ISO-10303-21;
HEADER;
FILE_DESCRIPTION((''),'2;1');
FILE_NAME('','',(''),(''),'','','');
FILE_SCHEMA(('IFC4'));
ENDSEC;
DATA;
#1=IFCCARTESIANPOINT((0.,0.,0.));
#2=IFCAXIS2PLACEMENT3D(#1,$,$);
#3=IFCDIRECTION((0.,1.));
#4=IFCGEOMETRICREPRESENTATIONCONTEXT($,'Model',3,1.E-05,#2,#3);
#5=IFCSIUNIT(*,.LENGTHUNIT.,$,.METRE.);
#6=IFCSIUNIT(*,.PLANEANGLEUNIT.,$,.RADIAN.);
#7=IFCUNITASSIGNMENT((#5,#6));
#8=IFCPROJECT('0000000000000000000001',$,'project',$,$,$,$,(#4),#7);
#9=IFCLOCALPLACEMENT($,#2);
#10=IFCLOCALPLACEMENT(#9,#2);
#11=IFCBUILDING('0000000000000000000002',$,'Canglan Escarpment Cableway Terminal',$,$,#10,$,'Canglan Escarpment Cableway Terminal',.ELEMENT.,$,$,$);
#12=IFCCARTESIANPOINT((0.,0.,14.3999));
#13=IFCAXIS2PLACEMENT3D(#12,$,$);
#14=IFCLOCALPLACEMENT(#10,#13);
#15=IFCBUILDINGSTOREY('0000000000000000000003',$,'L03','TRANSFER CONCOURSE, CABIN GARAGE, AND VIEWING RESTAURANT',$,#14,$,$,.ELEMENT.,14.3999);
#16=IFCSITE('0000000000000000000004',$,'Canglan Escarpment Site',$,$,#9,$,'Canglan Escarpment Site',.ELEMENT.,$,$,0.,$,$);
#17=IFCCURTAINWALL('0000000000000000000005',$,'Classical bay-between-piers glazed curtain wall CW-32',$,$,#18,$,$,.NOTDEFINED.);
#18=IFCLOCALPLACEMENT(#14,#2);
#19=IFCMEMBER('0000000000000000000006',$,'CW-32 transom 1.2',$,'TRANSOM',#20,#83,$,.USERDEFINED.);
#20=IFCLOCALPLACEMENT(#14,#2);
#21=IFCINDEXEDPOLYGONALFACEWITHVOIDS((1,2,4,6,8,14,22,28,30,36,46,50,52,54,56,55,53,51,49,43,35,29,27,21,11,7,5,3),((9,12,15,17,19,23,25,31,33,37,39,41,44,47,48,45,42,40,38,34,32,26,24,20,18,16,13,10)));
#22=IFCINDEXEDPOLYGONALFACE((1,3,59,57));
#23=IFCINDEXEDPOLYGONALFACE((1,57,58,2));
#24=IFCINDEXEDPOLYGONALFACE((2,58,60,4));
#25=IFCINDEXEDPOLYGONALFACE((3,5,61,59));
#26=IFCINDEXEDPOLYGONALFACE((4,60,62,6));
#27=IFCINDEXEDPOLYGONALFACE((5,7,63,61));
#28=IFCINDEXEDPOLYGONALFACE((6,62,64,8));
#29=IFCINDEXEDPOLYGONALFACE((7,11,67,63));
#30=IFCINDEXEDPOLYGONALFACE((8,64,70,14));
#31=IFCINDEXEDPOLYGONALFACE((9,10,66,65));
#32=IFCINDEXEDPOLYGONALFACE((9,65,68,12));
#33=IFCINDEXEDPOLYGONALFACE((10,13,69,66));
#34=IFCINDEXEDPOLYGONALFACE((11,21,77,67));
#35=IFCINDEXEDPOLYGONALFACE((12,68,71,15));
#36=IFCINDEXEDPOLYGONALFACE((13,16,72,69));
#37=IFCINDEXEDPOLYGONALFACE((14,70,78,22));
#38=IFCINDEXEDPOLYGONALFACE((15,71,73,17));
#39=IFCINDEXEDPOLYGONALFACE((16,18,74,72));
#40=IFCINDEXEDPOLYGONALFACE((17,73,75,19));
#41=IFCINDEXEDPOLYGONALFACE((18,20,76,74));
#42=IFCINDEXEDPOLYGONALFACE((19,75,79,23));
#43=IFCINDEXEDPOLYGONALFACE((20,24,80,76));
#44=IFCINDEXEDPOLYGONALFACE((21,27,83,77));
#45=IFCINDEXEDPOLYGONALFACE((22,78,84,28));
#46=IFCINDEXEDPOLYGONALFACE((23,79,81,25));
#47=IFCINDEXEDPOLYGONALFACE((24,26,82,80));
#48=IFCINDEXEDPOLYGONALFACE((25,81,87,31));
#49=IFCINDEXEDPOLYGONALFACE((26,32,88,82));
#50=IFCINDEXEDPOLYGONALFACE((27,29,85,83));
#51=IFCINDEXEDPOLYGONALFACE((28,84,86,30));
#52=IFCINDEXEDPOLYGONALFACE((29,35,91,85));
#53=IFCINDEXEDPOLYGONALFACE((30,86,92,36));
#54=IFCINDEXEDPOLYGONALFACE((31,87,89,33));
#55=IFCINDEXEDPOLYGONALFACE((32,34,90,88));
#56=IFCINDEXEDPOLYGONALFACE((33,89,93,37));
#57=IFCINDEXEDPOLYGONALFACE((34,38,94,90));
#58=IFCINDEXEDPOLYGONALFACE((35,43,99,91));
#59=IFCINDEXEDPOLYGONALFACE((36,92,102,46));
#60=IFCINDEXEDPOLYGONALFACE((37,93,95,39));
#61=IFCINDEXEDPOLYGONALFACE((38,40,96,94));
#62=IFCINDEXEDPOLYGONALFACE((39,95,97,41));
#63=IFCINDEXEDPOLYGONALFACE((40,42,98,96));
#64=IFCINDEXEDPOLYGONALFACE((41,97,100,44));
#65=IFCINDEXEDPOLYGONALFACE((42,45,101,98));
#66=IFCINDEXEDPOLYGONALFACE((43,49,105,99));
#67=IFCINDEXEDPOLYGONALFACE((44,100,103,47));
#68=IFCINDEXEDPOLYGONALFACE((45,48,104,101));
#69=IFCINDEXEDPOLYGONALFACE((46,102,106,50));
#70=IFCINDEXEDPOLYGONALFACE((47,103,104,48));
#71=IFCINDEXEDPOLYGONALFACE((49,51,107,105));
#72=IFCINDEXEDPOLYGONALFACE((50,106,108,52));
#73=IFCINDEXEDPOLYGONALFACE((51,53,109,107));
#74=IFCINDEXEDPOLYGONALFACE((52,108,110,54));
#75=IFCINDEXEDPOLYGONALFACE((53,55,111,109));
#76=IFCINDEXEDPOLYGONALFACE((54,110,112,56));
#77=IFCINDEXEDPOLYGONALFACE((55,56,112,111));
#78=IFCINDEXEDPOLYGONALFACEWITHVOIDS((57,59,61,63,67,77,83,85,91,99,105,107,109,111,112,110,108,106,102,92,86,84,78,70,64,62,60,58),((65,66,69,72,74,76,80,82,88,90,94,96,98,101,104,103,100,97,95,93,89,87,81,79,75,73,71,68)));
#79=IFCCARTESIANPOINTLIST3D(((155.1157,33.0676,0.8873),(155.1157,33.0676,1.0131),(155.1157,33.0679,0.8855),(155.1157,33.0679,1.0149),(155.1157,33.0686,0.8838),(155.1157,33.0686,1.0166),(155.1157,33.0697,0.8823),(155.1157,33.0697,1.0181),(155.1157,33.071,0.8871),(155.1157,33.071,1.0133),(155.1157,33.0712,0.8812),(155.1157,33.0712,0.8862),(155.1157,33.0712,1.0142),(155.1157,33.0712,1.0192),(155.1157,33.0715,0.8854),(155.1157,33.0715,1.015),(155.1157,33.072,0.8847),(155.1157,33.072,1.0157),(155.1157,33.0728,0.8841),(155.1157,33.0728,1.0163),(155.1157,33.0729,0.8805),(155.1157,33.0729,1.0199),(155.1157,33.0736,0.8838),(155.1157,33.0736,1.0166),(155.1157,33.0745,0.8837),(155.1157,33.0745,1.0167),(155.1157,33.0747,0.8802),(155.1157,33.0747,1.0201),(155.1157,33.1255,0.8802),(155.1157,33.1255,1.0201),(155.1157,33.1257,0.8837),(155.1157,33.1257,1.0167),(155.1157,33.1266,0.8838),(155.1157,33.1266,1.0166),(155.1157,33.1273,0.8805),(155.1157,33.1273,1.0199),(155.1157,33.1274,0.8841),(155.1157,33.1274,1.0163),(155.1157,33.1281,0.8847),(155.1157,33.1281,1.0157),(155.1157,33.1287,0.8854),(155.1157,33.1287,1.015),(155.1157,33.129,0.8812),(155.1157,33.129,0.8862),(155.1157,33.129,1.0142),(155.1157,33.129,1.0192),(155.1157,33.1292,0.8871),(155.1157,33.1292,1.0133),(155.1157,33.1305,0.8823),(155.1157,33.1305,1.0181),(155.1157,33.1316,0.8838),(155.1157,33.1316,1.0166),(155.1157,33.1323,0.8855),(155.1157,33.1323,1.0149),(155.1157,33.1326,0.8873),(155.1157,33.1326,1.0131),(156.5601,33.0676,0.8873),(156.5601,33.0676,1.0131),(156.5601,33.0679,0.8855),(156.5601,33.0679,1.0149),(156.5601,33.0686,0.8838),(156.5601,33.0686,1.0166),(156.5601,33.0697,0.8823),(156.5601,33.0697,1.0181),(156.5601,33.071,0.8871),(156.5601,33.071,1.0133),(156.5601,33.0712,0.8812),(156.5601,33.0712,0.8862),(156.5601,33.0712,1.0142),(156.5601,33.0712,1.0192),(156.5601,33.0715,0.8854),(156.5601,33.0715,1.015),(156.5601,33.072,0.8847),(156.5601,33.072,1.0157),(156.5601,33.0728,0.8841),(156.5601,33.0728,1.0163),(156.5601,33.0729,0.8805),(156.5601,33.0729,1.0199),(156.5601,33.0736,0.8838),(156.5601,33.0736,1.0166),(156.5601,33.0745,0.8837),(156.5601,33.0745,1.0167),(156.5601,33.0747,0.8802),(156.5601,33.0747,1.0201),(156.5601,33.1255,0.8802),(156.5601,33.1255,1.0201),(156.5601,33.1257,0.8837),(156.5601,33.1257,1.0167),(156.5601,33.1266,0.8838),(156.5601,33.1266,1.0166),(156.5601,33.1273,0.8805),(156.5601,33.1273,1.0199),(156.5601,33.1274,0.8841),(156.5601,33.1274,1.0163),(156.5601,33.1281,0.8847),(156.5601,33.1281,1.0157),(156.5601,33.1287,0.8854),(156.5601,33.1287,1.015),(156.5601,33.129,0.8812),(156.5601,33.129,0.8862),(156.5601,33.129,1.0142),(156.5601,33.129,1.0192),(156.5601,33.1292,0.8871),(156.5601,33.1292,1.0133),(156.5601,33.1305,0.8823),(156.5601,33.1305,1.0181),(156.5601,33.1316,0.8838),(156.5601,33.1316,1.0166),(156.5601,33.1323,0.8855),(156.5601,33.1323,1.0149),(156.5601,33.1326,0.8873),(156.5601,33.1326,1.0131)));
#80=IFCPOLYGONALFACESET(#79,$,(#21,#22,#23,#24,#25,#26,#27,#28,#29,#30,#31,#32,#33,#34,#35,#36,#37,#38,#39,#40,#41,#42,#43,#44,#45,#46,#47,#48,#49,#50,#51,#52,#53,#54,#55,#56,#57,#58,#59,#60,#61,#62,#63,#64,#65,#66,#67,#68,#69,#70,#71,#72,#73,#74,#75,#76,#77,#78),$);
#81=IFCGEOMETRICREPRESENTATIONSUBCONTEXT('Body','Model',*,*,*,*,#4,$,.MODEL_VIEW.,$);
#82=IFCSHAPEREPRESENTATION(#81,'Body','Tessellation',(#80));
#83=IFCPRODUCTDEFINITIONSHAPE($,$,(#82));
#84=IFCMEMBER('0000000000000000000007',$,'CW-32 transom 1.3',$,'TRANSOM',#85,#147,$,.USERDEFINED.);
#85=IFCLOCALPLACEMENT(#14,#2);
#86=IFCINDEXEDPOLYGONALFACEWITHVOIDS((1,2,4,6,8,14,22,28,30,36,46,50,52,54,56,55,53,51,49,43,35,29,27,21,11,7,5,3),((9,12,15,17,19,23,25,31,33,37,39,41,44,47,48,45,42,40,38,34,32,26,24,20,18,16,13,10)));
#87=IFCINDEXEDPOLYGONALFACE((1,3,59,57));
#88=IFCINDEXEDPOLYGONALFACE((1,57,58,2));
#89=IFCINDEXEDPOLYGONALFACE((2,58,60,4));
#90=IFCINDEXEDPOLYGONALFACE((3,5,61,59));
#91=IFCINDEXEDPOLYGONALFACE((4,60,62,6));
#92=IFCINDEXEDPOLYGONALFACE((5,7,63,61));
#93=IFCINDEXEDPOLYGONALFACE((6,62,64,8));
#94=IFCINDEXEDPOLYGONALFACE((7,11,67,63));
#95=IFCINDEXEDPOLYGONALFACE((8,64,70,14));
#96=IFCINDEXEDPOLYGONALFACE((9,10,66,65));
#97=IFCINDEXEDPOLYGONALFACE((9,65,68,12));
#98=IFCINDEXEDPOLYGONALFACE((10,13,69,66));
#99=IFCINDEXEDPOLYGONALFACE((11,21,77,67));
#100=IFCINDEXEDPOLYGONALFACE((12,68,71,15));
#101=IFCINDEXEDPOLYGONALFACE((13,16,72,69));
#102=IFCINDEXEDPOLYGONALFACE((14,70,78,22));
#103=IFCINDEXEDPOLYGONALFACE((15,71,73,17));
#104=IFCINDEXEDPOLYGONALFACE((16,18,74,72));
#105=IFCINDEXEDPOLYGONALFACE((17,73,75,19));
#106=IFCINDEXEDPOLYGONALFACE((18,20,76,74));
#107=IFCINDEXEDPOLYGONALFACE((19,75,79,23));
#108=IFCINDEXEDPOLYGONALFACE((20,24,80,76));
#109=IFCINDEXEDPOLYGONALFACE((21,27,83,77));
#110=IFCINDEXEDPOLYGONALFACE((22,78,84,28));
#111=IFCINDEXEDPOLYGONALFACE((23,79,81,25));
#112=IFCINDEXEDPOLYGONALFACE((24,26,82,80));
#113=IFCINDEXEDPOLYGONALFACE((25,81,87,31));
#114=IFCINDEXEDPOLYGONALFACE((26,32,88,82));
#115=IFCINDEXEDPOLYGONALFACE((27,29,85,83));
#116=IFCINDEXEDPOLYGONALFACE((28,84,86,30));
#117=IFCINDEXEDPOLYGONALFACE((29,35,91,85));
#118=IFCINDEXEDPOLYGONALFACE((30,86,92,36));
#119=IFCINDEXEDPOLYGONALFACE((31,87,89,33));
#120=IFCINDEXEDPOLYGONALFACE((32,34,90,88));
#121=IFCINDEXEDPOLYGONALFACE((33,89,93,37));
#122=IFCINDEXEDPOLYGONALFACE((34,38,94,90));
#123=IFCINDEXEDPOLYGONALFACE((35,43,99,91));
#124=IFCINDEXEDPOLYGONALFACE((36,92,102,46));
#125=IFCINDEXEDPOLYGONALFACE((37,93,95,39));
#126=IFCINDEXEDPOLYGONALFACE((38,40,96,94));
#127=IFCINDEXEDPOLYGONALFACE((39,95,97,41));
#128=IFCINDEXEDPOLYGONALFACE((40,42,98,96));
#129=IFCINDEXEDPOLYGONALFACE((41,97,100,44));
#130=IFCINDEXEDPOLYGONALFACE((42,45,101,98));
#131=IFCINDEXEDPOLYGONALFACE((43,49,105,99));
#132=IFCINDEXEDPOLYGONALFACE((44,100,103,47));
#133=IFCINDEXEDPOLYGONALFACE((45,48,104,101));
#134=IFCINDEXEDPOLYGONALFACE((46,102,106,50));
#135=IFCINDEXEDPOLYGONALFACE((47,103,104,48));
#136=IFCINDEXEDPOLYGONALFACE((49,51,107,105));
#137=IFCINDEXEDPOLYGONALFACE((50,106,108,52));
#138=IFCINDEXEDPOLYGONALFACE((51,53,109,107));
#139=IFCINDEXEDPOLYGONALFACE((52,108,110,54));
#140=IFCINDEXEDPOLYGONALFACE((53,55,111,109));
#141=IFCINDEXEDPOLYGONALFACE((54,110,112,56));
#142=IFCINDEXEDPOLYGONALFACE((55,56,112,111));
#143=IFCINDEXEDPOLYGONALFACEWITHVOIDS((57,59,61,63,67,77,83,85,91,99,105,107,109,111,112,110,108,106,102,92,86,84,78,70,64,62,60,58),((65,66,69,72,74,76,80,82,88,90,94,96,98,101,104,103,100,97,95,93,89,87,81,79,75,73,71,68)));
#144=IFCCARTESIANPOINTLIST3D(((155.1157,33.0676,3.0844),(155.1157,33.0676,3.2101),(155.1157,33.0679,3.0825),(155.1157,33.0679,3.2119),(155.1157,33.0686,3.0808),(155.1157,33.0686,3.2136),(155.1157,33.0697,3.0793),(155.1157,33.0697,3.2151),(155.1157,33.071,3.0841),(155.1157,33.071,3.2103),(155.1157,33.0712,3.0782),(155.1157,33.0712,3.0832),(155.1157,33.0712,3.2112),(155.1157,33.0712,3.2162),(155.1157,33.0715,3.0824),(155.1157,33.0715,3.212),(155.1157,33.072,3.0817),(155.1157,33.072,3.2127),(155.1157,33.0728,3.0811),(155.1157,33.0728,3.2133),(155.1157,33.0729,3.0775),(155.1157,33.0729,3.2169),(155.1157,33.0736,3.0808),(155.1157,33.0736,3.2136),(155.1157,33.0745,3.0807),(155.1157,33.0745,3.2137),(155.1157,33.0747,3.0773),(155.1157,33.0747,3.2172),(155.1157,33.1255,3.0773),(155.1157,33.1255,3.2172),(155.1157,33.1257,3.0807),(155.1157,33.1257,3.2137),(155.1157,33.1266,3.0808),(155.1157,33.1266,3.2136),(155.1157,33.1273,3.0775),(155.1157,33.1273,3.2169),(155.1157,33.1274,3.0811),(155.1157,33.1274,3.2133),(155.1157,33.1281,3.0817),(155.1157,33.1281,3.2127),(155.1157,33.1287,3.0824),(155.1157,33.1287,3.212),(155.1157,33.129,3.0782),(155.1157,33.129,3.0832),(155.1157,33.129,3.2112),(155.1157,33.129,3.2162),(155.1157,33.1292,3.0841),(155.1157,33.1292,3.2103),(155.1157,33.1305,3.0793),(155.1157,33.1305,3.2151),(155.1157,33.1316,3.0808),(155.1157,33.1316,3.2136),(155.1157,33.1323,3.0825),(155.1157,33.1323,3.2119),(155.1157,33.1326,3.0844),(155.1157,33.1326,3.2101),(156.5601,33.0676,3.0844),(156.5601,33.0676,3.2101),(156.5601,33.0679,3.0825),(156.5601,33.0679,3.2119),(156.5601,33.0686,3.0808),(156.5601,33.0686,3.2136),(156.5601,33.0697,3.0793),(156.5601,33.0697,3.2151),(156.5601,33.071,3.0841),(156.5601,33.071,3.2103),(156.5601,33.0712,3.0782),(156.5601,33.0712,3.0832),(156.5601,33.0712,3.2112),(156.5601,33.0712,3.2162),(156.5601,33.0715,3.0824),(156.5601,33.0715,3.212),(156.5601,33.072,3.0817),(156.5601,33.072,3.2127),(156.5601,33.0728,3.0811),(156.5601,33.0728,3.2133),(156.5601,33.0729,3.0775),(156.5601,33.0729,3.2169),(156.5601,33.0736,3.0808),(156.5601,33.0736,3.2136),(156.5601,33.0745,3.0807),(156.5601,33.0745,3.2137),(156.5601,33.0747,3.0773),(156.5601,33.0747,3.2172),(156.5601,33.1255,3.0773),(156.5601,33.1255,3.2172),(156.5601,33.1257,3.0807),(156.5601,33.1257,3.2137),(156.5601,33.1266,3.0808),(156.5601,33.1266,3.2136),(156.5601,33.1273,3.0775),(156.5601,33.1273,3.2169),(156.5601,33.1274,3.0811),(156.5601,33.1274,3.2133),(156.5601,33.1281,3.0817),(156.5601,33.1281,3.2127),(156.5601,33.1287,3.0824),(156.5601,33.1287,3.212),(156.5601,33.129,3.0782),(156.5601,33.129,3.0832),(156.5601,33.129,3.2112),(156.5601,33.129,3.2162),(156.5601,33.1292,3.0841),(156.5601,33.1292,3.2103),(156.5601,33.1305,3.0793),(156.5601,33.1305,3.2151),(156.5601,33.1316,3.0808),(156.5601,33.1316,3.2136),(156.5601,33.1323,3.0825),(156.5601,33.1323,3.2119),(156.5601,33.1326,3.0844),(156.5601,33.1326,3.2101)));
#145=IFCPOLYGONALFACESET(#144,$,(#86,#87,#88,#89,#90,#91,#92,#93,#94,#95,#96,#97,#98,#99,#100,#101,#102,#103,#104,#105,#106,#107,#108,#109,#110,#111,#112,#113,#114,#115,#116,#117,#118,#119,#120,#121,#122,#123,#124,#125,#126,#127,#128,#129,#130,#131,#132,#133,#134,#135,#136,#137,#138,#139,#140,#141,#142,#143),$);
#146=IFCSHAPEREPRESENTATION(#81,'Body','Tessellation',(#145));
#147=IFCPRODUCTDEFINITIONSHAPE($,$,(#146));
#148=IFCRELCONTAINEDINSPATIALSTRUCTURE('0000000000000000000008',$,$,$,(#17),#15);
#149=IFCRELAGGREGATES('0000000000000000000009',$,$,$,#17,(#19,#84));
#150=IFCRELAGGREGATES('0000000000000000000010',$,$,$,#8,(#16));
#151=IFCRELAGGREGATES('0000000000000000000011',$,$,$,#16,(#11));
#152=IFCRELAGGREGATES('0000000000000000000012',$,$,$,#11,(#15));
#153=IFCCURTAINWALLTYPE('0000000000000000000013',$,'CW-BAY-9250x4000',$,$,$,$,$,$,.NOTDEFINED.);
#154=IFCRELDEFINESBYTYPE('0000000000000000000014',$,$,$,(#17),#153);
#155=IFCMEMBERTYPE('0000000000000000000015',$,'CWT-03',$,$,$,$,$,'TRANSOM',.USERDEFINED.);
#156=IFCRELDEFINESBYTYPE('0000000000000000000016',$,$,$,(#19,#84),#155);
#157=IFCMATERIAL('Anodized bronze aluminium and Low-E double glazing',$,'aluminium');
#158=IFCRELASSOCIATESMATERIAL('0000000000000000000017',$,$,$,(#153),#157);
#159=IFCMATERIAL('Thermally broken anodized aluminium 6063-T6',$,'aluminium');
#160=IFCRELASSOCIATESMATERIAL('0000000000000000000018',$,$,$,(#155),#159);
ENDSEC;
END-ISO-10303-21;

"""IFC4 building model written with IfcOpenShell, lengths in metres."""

from ifc_helpers import new_model, si_unit, direction, frame, origin, origin_2d, place, context, subcontext, project, spatial, hollow_rectangle, extrude, material, material_profile, profile_set, type_object, element, aggregate, save


model = new_model("IFC4")

# Units and contexts
model_context = context("Model", 3, precision=1e-05, world=origin(), true_north=direction((0.0, 1.0)))
body_context = subcontext(model_context, "Body", "Model", "MODEL_VIEW")
ifc_project = project(units=[si_unit("LENGTHUNIT", "METRE"), si_unit("PLANEANGLEUNIT", "RADIAN")], contexts=[model_context])

# Site, building, storey
site_placement = place(None, origin())
site = spatial("IfcSite", under=ifc_project, at=site_placement, Name="Canglan Escarpment Site", LongName="Canglan Escarpment Site", CompositionType="ELEMENT", RefElevation=0.0)
building_placement = place(site_placement, origin())
building = spatial("IfcBuilding", under=site, at=building_placement, Name="Canglan Escarpment Cableway Terminal", LongName="Canglan Escarpment Cableway Terminal", CompositionType="ELEMENT")
storey_placement = place(building_placement, frame((0.0, 0.0, 14.3999)))
storey = spatial("IfcBuildingStorey", under=building, at=storey_placement, Name="L03", Description="TRANSFER CONCOURSE, CABIN GARAGE, AND VIEWING RESTAURANT", CompositionType="ELEMENT", Elevation=14.3999)

# Curtain wall, members
ifc_material_1 = material(Name="Anodized bronze aluminium and Low-E double glazing", Category="aluminium")
curtain_wall_type = type_object("IfcCurtainWallType", Name="CW-BAY-9250x4000", PredefinedType="NOTDEFINED", material=ifc_material_1)
curtain_wall_placement = place(storey_placement, origin())
curtain_wall = element("IfcCurtainWall", 1, at=curtain_wall_placement, inside=storey, type_object=curtain_wall_type, Name="Classical bay-between-piers glazed curtain wall CW-32", PredefinedType="NOTDEFINED")
ifc_material_2 = material(Name="Thermally broken anodized aluminium 6063-T6", Category="aluminium")
ifc_material_profile_1 = material_profile(ifc_material_2, hollow_rectangle(XDim=0.0649, YDim=0.1399, WallThickness=0.0034, InnerFilletRadius=0.0034, OuterFilletRadius=0.0071, at=origin_2d()), Name="ALU-TRAN 65x140x3.5")
ifc_profile_set_1 = profile_set([ifc_material_profile_1], Name="Thermally broken anodized aluminium 6063-T6")
member_type_1 = type_object("IfcMemberType", Name="CWT-03", ElementType="TRANSOM", PredefinedType="USERDEFINED", material=ifc_profile_set_1)
member_1_placement = place(storey_placement, frame((156.5601, 33.1001, 0.9502), z_axis=(-1.0, 0.0, 0.0), x_axis=(0.0, -1.0, 0.0)))
member_1 = element("IfcMember", 2, at=member_1_placement, type_object=member_type_1, Name="CW-32 transom 1.2", ObjectType="TRANSOM", PredefinedType="USERDEFINED", context=body_context, shape_type="SweptSolid", body=[
    extrude(hollow_rectangle(XDim=0.0649, YDim=0.1399, WallThickness=0.0034, InnerFilletRadius=0.0034, OuterFilletRadius=0.0071, at=origin_2d()), origin(), (0.0, 0.0, 1.0), 1.4443),
])
member_2_placement = place(storey_placement, frame((156.5601, 33.1001, 3.1472), z_axis=(-1.0, 0.0, 0.0), x_axis=(0.0, -1.0, 0.0)))
member_2 = element("IfcMember", 3, at=member_2_placement, type_object=member_type_1, Name="CW-32 transom 1.3", ObjectType="TRANSOM", PredefinedType="USERDEFINED", context=body_context, shape_type="SweptSolid", body=[
    extrude(hollow_rectangle(XDim=0.0649, YDim=0.1399, WallThickness=0.0034, InnerFilletRadius=0.0034, OuterFilletRadius=0.0071, at=origin_2d()), origin(), (0.0, 0.0, 1.0), 1.4443),
])
aggregate(curtain_wall, [member_1, member_2])

save(model, "model.ifc")
